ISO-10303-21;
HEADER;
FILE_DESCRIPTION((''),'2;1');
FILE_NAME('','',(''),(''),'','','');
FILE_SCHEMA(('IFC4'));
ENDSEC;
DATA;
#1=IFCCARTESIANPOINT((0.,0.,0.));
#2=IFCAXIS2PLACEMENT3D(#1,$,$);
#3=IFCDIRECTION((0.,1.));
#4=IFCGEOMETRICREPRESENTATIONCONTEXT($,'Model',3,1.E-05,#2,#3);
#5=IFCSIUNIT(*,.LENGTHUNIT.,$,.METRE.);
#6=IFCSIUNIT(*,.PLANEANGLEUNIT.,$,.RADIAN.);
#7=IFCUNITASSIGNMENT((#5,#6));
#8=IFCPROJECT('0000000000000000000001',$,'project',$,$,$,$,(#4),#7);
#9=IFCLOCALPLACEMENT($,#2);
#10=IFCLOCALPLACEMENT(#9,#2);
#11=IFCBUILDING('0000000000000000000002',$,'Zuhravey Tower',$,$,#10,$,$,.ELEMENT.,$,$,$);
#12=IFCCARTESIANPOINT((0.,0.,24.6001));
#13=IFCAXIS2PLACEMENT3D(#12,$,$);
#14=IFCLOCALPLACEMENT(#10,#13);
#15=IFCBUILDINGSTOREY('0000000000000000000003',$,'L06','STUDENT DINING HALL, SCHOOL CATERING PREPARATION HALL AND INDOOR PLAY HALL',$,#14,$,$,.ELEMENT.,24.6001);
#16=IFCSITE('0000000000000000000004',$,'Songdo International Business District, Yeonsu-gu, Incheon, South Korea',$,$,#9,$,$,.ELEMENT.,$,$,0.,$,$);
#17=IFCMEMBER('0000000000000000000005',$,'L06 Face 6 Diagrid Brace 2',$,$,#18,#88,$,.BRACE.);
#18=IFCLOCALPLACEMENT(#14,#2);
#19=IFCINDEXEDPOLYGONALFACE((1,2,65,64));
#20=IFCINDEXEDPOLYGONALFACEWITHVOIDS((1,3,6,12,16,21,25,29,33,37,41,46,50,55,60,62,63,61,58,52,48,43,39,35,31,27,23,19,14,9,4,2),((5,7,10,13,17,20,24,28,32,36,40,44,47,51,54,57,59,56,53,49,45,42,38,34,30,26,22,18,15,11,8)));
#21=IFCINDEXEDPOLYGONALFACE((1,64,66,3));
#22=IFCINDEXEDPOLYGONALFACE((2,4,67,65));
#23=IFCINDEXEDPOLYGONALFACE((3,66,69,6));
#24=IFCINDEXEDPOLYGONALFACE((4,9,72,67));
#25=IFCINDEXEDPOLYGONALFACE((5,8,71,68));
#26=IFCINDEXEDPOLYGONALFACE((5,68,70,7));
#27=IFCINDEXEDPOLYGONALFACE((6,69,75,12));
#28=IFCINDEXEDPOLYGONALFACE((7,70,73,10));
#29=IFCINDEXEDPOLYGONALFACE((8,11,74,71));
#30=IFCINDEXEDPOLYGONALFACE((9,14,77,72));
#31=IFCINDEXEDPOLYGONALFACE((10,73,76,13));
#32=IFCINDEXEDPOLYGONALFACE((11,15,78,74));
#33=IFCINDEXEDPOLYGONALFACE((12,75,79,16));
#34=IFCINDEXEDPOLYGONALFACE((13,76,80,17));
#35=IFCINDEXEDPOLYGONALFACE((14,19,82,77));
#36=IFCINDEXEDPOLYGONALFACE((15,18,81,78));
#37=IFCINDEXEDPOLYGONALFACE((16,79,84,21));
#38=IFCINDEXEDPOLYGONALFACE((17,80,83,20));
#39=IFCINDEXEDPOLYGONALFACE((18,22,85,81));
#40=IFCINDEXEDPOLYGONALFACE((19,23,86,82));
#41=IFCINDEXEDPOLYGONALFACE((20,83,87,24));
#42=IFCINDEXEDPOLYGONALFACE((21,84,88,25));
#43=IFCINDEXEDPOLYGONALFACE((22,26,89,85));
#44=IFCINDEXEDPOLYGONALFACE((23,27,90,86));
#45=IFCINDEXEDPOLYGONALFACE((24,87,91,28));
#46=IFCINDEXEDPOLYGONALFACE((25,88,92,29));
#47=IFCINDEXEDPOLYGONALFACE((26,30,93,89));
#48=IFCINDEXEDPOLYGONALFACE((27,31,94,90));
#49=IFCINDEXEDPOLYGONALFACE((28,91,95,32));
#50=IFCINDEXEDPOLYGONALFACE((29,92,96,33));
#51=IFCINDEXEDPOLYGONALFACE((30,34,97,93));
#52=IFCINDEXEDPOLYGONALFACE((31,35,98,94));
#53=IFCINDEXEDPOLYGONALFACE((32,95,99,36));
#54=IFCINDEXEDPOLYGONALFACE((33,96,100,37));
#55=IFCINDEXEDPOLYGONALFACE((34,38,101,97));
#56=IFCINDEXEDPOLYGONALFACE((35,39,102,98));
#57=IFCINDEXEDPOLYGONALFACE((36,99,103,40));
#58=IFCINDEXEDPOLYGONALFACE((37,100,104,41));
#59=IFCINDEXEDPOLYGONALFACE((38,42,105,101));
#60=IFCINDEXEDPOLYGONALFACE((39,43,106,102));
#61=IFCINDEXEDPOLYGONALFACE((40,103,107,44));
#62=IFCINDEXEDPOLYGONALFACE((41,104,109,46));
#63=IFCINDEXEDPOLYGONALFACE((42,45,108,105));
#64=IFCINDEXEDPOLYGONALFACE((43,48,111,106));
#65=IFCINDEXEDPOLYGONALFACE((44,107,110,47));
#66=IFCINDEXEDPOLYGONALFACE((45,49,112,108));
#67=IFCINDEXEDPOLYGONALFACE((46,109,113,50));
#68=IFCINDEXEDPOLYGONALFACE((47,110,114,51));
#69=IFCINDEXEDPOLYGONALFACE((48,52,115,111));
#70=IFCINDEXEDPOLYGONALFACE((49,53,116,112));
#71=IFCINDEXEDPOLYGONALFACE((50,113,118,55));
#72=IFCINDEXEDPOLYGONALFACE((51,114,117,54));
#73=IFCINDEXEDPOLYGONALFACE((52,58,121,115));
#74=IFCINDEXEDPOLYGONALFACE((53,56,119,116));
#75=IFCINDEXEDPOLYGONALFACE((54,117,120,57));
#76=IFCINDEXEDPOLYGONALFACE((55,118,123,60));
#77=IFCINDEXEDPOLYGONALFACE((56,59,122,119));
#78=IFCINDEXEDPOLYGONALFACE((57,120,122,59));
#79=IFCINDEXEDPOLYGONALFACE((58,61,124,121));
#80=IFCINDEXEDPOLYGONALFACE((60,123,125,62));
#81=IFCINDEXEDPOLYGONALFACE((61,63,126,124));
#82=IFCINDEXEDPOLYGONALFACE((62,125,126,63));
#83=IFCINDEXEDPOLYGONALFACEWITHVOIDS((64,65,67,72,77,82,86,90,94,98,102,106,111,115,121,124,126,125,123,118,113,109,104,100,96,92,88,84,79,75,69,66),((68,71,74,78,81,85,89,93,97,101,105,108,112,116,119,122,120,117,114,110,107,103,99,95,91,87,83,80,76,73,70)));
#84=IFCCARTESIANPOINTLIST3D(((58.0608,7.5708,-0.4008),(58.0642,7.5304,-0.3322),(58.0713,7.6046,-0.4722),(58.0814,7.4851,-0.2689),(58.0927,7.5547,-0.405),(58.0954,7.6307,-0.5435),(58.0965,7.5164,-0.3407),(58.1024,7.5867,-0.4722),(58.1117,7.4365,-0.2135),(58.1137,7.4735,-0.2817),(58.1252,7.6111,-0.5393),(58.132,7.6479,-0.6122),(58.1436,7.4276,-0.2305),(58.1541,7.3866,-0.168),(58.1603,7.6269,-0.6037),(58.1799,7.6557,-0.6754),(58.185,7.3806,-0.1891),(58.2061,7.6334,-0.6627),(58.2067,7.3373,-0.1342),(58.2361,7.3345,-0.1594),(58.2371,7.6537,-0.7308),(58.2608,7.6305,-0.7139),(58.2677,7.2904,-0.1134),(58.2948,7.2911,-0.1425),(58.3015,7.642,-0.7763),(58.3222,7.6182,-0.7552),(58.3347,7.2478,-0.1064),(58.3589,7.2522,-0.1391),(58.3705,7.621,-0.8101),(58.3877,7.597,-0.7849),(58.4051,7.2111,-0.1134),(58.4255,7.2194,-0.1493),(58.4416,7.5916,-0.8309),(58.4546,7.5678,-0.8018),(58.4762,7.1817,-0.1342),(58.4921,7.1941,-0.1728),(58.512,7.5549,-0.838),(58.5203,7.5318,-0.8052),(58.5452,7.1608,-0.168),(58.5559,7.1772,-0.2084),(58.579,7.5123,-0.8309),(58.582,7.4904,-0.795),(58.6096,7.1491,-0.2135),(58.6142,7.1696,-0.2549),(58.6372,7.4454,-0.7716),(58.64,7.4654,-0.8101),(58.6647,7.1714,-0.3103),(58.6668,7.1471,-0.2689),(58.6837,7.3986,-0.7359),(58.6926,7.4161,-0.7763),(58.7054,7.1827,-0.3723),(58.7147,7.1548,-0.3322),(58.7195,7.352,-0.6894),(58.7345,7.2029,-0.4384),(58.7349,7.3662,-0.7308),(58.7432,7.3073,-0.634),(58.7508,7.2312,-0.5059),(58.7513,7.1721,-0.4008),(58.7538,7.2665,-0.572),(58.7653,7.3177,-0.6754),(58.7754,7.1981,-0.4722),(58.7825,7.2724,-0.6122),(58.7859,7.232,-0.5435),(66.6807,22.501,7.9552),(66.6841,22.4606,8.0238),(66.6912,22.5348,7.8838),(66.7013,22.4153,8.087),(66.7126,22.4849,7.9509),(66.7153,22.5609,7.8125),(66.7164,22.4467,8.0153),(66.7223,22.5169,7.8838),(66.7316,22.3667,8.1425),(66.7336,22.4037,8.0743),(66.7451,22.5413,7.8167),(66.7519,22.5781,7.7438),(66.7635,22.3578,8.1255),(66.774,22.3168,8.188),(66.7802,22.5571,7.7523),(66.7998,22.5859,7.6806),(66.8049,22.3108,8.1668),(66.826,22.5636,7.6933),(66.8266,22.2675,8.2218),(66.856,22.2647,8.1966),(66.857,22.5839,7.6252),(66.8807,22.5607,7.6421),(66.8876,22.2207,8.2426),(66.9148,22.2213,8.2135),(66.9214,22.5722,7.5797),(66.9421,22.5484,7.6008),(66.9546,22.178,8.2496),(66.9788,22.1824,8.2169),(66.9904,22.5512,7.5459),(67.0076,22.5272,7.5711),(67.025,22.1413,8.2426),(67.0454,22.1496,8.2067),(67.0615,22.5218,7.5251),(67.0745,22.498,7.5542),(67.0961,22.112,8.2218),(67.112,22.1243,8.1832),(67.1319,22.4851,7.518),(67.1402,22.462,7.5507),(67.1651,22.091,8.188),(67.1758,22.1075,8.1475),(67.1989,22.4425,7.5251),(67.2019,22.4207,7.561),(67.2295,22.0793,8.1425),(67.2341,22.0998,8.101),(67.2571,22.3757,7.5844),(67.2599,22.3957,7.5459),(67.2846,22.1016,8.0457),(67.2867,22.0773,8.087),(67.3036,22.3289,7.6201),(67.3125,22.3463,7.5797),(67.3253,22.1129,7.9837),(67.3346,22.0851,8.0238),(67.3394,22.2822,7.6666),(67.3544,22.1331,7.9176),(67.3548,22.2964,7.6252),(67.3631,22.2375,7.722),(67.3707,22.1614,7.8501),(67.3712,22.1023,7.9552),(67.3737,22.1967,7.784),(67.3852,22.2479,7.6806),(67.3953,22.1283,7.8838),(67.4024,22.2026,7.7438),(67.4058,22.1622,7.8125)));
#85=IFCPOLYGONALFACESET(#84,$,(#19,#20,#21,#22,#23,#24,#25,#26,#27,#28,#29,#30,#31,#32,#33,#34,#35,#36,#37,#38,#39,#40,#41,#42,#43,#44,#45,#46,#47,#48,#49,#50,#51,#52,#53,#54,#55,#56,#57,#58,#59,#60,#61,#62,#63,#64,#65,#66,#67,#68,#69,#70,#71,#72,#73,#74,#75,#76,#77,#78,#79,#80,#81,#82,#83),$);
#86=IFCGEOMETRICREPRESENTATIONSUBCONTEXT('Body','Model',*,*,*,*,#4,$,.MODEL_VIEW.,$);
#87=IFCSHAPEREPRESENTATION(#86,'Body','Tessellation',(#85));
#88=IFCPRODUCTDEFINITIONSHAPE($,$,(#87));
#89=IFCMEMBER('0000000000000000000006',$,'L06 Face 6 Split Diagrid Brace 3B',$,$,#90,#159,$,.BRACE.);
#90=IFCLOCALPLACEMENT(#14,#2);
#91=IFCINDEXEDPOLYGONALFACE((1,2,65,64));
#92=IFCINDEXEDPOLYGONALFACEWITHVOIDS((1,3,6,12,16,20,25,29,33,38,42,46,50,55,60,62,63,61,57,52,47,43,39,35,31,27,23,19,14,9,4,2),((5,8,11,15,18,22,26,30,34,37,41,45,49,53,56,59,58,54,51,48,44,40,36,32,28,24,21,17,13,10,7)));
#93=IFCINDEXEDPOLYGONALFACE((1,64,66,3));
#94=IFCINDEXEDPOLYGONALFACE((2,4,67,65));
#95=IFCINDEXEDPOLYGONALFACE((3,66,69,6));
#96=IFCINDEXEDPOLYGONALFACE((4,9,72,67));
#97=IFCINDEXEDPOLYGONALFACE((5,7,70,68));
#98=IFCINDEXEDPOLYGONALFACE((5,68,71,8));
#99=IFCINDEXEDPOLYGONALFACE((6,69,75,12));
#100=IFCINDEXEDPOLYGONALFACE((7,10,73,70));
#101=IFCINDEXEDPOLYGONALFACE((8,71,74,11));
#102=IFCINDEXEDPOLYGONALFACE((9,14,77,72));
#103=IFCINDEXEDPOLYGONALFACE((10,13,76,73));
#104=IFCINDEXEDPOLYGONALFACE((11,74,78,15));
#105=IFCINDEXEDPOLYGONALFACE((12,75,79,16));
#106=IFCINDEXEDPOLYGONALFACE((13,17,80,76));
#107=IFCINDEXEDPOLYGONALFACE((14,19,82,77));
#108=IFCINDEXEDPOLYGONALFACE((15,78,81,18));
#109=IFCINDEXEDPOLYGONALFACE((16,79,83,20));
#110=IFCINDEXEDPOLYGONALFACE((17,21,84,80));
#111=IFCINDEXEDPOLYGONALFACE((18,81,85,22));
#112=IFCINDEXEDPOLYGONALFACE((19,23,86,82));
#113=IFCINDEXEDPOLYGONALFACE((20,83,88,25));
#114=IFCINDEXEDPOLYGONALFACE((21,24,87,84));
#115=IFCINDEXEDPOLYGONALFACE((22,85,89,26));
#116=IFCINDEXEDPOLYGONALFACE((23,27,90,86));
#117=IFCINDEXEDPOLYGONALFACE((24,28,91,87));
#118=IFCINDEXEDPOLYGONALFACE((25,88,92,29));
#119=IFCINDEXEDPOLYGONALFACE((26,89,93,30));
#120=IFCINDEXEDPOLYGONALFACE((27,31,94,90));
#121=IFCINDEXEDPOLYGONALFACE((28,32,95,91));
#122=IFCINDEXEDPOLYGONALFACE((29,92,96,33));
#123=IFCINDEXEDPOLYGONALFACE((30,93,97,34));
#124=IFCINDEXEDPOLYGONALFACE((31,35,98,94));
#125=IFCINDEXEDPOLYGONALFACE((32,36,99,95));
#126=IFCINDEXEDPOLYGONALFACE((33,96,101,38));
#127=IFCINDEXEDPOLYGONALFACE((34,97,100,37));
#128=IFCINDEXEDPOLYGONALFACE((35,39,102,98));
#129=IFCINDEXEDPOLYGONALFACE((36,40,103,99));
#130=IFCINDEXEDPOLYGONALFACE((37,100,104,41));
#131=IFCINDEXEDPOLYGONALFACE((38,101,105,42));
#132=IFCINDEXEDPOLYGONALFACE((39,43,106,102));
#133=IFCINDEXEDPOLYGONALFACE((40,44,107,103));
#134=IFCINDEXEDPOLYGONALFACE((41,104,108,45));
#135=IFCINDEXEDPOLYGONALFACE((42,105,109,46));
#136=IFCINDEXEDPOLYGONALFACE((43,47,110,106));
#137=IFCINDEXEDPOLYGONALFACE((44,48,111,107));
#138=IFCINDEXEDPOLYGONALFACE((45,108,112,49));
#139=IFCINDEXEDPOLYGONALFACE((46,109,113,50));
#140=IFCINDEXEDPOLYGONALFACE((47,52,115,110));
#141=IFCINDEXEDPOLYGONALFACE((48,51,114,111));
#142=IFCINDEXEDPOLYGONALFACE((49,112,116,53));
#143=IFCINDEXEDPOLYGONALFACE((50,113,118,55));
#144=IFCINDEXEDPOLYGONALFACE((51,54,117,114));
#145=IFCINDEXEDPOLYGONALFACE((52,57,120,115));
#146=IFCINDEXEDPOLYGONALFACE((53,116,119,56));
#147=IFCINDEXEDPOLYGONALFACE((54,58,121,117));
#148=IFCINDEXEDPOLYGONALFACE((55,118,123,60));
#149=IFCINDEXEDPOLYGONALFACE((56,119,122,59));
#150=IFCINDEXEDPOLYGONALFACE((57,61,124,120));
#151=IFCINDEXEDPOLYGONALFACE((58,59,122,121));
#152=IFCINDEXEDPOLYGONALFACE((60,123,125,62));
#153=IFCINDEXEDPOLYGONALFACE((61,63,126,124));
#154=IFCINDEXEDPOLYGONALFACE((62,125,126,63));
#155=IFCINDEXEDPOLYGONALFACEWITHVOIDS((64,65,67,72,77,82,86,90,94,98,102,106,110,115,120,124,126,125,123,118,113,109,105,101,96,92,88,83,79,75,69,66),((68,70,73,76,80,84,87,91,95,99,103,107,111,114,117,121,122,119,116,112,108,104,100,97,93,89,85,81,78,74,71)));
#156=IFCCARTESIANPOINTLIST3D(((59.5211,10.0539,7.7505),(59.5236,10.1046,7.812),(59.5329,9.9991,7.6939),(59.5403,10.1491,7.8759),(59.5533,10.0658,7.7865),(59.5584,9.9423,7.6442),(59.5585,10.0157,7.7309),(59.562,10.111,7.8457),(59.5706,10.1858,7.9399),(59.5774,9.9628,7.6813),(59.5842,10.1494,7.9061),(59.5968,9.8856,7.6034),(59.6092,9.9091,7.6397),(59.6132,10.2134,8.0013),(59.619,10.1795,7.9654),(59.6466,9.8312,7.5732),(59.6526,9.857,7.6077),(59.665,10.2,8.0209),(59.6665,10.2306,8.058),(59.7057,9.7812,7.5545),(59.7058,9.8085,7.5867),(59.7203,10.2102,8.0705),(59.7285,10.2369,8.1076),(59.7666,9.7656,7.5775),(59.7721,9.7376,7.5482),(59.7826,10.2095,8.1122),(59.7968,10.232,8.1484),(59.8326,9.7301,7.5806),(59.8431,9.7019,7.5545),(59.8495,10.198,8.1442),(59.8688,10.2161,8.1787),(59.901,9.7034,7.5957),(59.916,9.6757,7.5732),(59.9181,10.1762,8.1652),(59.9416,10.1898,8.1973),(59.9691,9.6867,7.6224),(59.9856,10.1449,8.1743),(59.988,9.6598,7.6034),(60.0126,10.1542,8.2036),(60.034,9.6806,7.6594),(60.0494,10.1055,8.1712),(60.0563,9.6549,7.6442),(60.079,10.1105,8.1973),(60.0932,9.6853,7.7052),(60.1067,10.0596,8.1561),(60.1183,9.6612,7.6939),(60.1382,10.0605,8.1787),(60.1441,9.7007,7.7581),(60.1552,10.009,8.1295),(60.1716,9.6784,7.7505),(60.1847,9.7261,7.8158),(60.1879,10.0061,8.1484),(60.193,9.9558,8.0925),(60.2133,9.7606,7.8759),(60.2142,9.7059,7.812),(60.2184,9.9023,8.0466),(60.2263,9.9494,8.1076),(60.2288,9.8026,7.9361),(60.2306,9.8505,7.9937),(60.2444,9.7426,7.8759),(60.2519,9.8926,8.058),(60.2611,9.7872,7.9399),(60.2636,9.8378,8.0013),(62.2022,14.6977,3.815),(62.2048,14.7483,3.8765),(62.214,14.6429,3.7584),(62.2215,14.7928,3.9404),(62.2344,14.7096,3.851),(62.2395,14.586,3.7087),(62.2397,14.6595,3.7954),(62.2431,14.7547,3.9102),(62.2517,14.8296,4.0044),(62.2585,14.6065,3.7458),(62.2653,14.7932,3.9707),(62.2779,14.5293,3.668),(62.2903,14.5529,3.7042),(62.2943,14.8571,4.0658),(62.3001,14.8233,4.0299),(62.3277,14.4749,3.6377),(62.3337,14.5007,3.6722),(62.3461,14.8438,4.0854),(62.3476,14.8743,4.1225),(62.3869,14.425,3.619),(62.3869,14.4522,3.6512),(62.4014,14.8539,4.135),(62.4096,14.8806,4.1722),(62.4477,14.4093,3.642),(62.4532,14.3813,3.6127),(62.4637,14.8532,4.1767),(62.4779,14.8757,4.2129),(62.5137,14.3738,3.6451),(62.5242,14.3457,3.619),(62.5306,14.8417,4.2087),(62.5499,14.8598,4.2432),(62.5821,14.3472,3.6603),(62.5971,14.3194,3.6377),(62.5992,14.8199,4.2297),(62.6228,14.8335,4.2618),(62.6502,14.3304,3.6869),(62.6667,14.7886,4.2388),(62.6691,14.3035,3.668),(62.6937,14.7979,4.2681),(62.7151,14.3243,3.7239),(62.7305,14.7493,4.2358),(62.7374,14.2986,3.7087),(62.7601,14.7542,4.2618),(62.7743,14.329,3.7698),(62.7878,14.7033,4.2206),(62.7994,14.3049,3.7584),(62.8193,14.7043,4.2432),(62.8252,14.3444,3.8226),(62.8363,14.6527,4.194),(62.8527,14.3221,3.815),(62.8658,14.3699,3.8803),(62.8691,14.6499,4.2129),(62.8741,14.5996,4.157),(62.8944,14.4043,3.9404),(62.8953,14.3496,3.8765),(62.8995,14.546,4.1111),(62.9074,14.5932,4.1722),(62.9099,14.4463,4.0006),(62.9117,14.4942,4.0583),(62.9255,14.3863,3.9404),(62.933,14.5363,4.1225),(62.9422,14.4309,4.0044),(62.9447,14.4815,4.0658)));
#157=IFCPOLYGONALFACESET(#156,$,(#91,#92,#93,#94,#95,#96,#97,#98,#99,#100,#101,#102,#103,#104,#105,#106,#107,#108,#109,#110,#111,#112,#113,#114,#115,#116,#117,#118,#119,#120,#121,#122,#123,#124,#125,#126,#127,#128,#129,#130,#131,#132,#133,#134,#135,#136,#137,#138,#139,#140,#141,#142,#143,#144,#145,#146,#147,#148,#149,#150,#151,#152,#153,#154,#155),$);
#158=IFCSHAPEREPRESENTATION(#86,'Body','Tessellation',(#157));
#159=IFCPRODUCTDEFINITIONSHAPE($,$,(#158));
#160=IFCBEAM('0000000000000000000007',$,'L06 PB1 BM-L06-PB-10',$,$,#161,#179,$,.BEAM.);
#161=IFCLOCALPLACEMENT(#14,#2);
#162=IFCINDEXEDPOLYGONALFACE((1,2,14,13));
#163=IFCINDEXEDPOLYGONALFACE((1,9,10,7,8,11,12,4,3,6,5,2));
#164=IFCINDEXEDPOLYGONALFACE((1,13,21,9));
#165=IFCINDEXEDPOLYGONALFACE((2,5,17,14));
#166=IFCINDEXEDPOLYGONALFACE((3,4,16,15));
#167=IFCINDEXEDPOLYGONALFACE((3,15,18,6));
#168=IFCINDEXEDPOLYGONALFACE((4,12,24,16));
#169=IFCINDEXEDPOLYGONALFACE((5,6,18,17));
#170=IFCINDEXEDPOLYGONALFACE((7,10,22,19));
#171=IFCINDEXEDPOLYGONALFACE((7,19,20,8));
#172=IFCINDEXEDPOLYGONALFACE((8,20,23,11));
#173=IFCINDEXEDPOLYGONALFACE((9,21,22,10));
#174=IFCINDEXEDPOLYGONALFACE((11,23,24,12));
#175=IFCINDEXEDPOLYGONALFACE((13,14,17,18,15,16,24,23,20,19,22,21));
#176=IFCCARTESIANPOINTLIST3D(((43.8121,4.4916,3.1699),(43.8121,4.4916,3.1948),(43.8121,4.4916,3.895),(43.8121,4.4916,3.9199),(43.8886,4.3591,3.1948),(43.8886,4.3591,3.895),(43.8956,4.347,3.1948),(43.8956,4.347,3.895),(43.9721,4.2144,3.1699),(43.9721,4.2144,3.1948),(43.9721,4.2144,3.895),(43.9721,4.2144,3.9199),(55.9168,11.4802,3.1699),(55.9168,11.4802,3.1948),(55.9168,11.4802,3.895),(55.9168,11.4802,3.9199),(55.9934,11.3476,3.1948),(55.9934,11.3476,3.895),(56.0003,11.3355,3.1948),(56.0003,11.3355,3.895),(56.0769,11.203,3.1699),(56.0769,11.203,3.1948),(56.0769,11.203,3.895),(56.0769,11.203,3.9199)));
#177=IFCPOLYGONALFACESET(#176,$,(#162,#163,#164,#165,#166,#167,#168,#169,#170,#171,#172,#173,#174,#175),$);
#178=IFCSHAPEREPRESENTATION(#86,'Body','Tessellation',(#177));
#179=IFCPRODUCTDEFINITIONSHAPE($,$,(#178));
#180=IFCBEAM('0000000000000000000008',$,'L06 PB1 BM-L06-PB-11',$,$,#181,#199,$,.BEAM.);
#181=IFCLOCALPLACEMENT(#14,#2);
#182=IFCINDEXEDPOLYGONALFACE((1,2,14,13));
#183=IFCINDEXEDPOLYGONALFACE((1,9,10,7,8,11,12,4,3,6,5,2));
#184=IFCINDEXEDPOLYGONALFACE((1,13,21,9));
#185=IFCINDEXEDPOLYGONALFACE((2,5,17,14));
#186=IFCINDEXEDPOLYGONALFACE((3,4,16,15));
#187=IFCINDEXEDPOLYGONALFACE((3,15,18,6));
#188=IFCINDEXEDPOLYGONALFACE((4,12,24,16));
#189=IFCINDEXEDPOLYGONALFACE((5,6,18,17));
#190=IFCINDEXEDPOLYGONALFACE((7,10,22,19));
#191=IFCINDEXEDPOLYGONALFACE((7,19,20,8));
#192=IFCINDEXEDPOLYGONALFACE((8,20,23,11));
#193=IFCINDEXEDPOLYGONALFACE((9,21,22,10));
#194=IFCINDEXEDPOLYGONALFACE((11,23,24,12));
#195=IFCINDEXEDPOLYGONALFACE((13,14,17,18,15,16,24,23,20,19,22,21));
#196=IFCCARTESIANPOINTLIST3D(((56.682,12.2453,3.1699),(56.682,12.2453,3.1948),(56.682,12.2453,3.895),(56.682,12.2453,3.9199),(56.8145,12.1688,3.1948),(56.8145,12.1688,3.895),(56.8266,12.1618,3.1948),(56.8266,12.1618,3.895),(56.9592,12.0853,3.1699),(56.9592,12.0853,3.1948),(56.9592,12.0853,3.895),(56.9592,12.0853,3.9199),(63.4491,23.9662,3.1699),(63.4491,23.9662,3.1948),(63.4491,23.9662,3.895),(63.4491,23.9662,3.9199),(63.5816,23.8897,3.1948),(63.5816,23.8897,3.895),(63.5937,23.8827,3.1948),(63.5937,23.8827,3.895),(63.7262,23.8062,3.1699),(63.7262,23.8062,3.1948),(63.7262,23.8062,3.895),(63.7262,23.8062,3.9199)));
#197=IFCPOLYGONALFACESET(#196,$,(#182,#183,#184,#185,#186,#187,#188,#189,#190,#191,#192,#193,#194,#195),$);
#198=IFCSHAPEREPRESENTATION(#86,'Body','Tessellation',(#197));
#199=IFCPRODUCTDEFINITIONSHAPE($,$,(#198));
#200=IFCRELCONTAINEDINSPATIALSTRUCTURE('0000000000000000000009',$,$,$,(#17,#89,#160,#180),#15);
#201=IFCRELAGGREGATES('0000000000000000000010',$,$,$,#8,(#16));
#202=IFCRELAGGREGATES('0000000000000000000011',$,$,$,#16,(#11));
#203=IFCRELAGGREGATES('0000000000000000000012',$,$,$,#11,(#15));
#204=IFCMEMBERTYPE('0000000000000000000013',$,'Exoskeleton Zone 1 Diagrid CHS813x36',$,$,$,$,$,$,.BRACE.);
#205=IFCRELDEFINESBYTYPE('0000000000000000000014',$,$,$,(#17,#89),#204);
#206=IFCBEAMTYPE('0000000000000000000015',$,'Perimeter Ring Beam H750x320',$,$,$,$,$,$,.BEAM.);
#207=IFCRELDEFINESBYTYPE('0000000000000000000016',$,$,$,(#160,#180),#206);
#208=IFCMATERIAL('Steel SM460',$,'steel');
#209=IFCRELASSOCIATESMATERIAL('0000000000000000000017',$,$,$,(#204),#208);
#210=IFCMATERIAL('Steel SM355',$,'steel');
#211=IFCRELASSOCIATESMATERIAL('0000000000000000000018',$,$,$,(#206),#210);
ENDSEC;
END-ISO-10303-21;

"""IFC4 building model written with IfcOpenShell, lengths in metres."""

from ifc_helpers import new_model, si_unit, direction, frame, origin, origin_2d, place, context, subcontext, project, spatial, hollow_circle, i_section, extrude, material, material_profile, profile_set, type_object, element, save


model = new_model("IFC4")

# Units and contexts
model_context = context("Model", 3, precision=1e-05, world=origin(), true_north=direction((0.0, 1.0)))
body_context = subcontext(model_context, "Body", "Model", "MODEL_VIEW")
ifc_project = project(units=[si_unit("LENGTHUNIT", "METRE"), si_unit("PLANEANGLEUNIT", "RADIAN")], contexts=[model_context])

# Site, building, storey
site_placement = place(None, origin())
site = spatial("IfcSite", under=ifc_project, at=site_placement, Name="Songdo International Business District, Yeonsu-gu, Incheon, South Korea", CompositionType="ELEMENT", RefElevation=0.0)
building_placement = place(site_placement, origin())
building = spatial("IfcBuilding", under=site, at=building_placement, Name="Zuhravey Tower", CompositionType="ELEMENT")
storey_placement = place(building_placement, frame((0.0, 0.0, 24.6001)))
storey = spatial("IfcBuildingStorey", under=building, at=storey_placement, Name="L06", Description="STUDENT DINING HALL, SCHOOL CATERING PREPARATION HALL AND INDOOR PLAY HALL", CompositionType="ELEMENT", Elevation=24.6001)

# Members
ifc_material_1 = material(Name="Steel SM355", Category="steel")
ifc_material_2 = material(Name="Steel SM460", Category="steel")
ifc_material_profile_1 = material_profile(ifc_material_2, hollow_circle(Radius=0.4065, WallThickness=0.0359, at=origin_2d()), Name="CHS-812.8x36")
ifc_profile_set_1 = profile_set([ifc_material_profile_1], Name="Steel SM460")
member_type_1 = type_object("IfcMemberType", Name="Exoskeleton Zone 1 Diagrid CHS813x36", PredefinedType="BRACE", material=ifc_profile_set_1)
member_1_placement = place(storey_placement, frame((58.4233, 7.4014, -0.4722), z_axis=(0.449933, 0.779312, 0.436157), x_axis=(-0.866027, 0.499997, 0.0)))
element("IfcMember", 1, at=member_1_placement, inside=storey, type_object=member_type_1, Name="L06 Face 6 Diagrid Brace 2", PredefinedType="BRACE", context=body_context, shape_type="SweptSolid", body=[
    extrude(hollow_circle(Radius=0.4065, WallThickness=0.0359, at=origin_2d()), origin(), (0.0, 0.0, 1.0), 19.1582),
])
member_2_placement = place(storey_placement, frame((62.5735, 14.5896, 3.9404), z_axis=(-0.403092, -0.698162, 0.591681), x_axis=(0.866021, -0.500008, 0.0)))
element("IfcMember", 2, at=member_2_placement, inside=storey, type_object=member_type_1, Name="L06 Face 6 Split Diagrid Brace 3B", PredefinedType="BRACE", context=body_context, shape_type="SweptSolid", body=[
    extrude(hollow_circle(Radius=0.4065, WallThickness=0.0359, at=origin_2d()), origin(), (0.0, 0.0, 1.0), 6.6514),
])

# Beams
ifc_material_profile_2 = material_profile(ifc_material_1, i_section(OverallWidth=0.3201, OverallDepth=0.75, WebThickness=0.0139, FlangeThickness=0.0249, at=origin_2d()), Name="H-750x320x14x25")
ifc_profile_set_2 = profile_set([ifc_material_profile_2], Name="Steel SM355")
beam_type_1 = type_object("IfcBeamType", Name="Perimeter Ring Beam H750x320", PredefinedType="BEAM", material=ifc_profile_set_2)
beam_1_placement = place(storey_placement, frame((43.8921, 4.353, 3.5449), z_axis=(0.86603, 0.499992, 0.0), x_axis=(-0.499992, 0.86603, 0.0)))
element("IfcBeam", 3, at=beam_1_placement, inside=storey, type_object=beam_type_1, Name="L06 PB1 BM-L06-PB-10", PredefinedType="BEAM", context=body_context, shape_type="SweptSolid", body=[
    extrude(i_section(OverallWidth=0.3201, OverallDepth=0.75, WebThickness=0.0139, FlangeThickness=0.0249, at=origin_2d()), origin(), (0.0, 0.0, 1.0), 13.9773),
])
beam_2_placement = place(storey_placement, frame((56.8206, 12.1653, 3.5449), z_axis=(0.5, 0.866025, 0.0), x_axis=(-0.866025, 0.5, 0.0)))
element("IfcBeam", 4, at=beam_2_placement, inside=storey, type_object=beam_type_1, Name="L06 PB1 BM-L06-PB-11", PredefinedType="BEAM", context=body_context, shape_type="SweptSolid", body=[
    extrude(i_section(OverallWidth=0.3201, OverallDepth=0.75, WebThickness=0.0139, FlangeThickness=0.0249, at=origin_2d()), origin(), (0.0, 0.0, 1.0), 13.5342),
])

save(model, "model.ifc")
